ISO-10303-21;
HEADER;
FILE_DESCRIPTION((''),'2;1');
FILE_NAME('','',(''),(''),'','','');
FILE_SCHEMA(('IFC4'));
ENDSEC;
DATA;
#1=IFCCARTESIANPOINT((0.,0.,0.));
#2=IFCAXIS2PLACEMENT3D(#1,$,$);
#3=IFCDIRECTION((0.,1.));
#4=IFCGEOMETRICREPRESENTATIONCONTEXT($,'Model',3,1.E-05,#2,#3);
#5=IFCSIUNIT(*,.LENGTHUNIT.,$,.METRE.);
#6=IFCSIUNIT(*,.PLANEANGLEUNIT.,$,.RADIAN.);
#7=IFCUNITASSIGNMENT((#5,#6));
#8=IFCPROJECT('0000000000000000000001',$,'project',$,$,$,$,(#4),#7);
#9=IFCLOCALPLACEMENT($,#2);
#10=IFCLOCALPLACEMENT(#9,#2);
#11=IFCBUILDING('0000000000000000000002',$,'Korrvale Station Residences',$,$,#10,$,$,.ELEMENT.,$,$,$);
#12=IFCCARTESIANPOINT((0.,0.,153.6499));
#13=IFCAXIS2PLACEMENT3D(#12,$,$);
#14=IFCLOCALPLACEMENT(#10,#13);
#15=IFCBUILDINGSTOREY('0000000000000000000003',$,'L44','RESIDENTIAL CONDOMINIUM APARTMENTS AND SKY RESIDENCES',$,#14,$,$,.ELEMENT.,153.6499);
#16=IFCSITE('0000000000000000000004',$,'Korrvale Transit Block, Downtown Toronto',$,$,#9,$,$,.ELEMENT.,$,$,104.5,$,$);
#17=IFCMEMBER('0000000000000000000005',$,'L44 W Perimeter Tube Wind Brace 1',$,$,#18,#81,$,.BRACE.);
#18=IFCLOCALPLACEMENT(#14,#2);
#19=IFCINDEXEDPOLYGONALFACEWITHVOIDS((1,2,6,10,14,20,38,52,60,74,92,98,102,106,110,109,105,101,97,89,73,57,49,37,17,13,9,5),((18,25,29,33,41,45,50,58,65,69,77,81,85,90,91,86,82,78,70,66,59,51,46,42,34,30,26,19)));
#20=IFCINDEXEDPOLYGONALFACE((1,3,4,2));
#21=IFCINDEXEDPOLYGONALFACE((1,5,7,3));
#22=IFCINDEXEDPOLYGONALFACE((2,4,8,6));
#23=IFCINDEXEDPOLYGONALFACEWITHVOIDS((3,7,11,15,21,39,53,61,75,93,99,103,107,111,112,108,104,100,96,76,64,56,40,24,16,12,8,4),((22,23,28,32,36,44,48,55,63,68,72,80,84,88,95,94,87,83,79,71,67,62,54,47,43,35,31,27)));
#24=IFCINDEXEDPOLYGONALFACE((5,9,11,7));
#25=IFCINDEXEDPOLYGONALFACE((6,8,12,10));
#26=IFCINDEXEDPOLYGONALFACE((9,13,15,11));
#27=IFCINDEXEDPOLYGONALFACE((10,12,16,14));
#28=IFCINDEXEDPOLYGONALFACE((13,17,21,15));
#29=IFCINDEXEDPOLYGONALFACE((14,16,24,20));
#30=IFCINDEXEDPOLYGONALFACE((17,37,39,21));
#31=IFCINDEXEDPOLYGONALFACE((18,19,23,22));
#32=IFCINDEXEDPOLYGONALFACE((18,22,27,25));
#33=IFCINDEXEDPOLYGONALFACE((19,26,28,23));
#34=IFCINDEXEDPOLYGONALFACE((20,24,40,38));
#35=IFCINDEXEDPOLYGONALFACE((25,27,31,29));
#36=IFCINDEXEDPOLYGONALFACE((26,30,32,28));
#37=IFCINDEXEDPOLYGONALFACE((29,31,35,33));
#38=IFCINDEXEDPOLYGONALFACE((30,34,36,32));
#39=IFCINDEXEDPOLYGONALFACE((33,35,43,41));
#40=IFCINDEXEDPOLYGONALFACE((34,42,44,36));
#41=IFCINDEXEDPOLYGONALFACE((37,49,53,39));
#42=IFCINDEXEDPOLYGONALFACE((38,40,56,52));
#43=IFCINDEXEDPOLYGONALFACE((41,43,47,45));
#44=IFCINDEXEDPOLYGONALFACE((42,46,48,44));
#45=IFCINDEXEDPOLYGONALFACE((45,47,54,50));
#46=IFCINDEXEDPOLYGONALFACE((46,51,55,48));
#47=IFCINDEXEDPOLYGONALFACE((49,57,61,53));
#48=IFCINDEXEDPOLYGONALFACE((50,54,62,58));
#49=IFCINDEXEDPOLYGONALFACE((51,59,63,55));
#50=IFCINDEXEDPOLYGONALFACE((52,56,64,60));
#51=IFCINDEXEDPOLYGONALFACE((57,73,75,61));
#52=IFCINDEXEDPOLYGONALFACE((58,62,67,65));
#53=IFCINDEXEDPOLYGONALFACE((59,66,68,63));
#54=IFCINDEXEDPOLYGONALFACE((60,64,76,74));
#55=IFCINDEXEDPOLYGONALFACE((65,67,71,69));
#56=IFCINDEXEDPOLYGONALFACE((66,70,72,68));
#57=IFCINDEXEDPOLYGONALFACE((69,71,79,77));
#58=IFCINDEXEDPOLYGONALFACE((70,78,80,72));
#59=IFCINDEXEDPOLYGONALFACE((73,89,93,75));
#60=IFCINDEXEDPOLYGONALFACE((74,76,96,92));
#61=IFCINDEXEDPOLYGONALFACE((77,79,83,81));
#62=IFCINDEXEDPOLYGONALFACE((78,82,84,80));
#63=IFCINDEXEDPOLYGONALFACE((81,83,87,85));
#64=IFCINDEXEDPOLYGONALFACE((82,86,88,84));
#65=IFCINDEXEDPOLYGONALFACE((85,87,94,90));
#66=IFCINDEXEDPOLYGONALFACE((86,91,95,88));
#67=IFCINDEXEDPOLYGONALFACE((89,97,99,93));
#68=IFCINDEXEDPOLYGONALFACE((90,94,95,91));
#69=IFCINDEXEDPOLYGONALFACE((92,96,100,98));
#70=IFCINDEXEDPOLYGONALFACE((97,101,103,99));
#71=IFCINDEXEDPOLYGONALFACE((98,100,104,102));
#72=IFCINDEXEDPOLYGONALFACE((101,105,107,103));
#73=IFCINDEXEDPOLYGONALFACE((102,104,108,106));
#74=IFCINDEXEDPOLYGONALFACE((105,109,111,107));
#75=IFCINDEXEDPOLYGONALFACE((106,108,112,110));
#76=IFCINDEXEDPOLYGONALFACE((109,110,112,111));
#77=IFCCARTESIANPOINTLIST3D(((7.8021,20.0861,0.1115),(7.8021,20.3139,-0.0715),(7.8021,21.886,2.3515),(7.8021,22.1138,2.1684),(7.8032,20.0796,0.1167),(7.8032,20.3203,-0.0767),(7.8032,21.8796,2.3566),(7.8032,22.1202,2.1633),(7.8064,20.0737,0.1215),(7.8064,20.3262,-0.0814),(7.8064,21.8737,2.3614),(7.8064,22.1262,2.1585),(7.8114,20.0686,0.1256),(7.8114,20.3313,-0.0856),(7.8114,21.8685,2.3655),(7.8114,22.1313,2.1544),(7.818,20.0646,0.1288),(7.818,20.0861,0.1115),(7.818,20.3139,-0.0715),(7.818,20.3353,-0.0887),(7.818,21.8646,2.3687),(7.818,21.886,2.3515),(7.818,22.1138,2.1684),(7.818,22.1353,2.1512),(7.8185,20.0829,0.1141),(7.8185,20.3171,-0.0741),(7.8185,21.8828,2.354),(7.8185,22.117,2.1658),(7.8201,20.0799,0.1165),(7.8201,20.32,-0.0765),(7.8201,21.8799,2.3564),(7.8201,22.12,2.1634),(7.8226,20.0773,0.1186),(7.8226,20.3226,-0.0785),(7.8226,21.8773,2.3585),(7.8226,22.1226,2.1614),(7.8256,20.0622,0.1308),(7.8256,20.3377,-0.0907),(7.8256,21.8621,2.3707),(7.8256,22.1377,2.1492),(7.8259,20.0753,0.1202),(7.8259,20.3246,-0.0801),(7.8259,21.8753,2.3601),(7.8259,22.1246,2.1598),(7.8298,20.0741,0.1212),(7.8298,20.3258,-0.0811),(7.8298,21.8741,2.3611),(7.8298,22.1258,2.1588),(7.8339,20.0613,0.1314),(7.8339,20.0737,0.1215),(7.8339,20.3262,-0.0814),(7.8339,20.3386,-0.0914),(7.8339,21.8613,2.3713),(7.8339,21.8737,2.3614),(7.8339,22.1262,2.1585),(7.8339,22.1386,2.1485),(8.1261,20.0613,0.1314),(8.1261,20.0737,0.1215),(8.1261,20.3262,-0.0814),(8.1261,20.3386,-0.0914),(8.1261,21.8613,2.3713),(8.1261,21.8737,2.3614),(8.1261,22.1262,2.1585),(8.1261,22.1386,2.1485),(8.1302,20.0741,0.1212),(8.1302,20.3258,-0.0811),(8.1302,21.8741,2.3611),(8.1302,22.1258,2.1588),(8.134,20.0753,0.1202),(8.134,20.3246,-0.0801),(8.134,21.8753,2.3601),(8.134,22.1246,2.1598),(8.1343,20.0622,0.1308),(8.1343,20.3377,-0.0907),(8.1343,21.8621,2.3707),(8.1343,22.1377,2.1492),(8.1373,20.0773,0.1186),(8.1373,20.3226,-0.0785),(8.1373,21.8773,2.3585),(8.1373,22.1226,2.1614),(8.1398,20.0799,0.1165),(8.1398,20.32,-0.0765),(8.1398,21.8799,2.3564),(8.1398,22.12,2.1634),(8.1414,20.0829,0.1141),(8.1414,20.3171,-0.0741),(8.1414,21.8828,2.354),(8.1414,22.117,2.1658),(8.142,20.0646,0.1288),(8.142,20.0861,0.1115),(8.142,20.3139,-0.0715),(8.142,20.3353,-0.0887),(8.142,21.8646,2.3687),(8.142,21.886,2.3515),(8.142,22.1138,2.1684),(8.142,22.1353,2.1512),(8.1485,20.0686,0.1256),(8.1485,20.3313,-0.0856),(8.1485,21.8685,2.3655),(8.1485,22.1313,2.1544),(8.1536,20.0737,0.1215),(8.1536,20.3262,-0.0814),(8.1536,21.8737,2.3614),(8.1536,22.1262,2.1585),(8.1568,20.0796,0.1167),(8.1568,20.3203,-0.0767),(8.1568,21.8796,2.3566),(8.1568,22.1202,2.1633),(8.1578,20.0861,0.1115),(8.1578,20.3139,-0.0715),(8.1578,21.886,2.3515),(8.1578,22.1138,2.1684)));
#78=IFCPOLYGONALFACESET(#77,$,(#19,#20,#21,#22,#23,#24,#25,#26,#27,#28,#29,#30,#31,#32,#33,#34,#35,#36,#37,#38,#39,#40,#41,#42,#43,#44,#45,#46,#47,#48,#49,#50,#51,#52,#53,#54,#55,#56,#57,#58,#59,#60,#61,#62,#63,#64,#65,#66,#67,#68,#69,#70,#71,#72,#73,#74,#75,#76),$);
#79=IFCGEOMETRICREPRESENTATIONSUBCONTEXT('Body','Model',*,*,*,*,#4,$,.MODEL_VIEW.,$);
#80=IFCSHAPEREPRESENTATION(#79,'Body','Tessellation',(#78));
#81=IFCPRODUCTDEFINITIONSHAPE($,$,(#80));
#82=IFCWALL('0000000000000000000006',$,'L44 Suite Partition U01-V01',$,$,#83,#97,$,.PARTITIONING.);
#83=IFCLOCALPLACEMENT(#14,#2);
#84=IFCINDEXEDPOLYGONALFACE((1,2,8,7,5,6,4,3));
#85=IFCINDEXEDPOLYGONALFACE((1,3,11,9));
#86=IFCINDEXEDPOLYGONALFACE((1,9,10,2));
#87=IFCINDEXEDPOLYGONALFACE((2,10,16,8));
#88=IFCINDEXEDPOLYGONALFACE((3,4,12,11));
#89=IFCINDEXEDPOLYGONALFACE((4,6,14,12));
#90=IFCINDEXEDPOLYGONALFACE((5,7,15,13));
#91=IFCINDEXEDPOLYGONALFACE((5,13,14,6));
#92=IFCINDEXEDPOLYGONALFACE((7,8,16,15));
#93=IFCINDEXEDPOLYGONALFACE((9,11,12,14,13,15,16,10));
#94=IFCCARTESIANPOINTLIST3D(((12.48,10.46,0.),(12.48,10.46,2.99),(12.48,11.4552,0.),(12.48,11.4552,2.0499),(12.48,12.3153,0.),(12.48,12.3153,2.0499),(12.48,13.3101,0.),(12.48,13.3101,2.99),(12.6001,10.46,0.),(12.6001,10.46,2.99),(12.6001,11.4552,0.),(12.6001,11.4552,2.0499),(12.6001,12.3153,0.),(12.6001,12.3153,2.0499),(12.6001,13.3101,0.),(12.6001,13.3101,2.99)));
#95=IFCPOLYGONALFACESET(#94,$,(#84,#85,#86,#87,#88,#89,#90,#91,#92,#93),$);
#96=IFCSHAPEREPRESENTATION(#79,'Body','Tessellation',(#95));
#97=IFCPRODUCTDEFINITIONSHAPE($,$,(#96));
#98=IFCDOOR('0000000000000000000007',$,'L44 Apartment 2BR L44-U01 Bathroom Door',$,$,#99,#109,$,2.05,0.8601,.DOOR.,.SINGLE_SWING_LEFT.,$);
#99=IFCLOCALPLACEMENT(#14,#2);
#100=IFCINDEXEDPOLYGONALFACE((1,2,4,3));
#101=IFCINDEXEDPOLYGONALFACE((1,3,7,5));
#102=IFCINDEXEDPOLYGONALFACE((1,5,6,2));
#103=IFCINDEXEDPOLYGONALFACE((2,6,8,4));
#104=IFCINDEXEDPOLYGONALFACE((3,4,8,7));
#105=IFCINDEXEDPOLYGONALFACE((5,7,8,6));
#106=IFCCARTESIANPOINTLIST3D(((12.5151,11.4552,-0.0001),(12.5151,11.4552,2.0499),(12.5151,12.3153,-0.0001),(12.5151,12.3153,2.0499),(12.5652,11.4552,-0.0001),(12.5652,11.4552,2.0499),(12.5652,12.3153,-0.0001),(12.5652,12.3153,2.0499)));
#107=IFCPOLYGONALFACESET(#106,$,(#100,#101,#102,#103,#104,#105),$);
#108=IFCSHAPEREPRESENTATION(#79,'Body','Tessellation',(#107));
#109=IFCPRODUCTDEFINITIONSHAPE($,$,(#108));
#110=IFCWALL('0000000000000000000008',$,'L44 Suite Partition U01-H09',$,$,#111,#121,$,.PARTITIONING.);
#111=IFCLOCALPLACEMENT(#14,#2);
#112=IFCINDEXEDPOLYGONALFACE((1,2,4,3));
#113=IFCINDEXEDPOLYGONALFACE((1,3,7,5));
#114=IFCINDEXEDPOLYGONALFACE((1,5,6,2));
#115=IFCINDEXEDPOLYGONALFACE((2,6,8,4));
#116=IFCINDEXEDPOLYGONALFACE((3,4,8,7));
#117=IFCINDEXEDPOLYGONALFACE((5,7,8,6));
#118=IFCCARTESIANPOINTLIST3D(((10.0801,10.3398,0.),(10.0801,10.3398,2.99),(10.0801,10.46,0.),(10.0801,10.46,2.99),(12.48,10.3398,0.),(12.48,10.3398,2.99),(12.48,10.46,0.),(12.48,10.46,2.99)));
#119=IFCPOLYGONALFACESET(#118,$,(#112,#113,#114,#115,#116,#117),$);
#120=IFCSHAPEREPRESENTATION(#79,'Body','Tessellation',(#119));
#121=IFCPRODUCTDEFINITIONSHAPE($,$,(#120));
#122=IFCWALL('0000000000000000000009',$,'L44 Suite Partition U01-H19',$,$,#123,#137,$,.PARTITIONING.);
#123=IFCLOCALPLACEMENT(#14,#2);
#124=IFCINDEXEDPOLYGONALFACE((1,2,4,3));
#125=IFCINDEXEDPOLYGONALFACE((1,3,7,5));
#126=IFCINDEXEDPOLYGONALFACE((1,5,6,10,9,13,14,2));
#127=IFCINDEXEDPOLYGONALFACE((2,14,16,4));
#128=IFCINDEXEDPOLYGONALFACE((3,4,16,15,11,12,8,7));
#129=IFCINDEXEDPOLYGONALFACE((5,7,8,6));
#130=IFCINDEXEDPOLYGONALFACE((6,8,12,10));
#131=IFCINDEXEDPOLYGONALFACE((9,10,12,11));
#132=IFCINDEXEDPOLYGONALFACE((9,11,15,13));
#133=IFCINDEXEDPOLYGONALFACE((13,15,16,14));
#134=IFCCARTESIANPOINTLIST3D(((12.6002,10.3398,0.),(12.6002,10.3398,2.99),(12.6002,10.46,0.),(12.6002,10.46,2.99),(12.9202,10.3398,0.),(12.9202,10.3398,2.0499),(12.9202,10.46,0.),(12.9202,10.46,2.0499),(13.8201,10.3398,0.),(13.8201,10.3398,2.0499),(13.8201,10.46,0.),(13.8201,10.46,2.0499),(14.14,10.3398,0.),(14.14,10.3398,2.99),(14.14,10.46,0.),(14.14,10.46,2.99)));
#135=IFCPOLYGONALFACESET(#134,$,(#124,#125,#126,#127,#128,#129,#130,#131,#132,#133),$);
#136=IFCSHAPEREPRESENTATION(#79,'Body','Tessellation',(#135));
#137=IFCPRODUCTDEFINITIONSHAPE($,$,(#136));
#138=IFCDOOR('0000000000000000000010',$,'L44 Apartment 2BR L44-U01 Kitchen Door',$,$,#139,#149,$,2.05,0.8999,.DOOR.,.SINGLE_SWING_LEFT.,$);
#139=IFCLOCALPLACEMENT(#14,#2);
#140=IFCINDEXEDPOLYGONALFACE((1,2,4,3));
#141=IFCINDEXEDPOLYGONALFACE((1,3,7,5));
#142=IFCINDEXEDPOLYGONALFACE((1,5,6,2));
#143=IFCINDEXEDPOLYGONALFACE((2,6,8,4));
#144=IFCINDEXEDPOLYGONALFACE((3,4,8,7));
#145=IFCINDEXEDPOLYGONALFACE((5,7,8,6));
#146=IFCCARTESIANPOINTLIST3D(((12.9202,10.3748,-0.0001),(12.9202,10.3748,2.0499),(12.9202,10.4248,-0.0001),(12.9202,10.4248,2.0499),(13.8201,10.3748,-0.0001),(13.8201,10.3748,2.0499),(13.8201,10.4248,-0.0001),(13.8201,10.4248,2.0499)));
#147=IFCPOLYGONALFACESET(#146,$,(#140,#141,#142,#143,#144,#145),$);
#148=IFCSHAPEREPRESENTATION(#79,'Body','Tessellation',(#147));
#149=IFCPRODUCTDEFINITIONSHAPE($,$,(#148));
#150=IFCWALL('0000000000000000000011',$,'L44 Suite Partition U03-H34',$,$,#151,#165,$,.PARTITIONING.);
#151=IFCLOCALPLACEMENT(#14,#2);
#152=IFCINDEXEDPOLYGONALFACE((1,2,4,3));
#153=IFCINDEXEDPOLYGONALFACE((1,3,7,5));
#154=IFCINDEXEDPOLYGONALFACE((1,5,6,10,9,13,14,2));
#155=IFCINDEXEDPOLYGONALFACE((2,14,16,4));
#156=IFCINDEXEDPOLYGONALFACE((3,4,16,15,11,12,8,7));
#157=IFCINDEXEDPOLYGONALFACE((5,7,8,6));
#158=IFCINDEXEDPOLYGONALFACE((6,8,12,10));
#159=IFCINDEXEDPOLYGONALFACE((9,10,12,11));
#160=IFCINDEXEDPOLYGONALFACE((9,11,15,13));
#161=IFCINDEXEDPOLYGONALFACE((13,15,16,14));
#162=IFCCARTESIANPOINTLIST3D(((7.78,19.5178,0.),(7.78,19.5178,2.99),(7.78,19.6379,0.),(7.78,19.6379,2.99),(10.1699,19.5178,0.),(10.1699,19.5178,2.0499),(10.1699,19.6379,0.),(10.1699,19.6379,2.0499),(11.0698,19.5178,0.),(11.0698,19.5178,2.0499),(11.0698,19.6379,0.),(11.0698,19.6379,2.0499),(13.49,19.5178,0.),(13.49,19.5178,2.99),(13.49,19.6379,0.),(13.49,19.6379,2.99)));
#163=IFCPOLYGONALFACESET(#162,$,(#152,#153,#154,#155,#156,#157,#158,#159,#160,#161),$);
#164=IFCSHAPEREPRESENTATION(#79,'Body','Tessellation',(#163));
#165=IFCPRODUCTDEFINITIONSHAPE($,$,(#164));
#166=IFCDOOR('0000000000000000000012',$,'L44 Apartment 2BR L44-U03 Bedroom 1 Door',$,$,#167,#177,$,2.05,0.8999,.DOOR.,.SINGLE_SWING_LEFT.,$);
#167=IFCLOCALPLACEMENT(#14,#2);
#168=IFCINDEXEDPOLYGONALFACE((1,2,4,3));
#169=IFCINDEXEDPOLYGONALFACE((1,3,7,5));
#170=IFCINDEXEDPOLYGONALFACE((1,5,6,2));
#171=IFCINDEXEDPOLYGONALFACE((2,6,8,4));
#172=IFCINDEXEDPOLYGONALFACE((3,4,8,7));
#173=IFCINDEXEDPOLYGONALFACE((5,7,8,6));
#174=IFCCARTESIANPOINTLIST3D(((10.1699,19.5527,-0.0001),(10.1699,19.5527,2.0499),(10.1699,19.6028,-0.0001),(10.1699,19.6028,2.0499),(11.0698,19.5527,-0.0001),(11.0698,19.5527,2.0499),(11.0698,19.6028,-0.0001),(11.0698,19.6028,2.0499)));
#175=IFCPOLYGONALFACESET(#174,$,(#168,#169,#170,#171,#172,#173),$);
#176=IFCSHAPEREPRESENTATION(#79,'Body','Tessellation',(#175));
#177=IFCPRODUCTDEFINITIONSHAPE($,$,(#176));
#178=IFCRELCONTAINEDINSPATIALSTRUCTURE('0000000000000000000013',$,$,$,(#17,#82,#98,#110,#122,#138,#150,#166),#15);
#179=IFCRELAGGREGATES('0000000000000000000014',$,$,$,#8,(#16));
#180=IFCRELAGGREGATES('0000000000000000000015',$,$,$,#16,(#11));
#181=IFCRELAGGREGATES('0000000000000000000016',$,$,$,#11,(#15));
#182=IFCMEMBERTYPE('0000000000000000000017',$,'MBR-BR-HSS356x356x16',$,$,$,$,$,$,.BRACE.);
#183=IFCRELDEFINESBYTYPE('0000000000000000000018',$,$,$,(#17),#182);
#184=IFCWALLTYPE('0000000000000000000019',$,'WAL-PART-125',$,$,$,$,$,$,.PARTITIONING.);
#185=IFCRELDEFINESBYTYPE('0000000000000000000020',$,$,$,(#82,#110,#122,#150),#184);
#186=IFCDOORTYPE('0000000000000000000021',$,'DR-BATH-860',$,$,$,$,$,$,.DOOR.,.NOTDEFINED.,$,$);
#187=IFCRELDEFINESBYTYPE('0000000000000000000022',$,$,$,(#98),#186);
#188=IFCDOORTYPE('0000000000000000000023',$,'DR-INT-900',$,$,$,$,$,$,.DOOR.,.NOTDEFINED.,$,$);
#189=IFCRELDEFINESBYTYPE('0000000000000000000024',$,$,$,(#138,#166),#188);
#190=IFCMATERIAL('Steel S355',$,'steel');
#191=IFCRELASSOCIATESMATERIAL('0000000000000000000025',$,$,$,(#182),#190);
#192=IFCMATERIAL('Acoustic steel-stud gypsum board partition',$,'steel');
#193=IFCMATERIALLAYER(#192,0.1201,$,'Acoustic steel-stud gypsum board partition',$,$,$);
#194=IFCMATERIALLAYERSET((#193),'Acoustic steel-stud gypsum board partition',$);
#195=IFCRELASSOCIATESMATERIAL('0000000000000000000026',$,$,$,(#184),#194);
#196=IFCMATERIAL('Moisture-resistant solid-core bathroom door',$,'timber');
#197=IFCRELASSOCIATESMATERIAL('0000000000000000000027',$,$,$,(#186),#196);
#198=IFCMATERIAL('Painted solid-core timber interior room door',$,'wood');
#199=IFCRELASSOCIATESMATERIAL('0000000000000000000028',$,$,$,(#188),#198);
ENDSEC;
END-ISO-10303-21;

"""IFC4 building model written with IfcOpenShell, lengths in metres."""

from ifc_helpers import new_model, si_unit, direction, frame, frame_2d, origin, origin_2d, place, context, subcontext, project, spatial, rectangle, hollow_rectangle, extrude, material, layer, layer_set, material_profile, profile_set, type_object, element, fill, save


model = new_model("IFC4")

# Units and contexts
model_context = context("Model", 3, precision=1e-05, world=origin(), true_north=direction((0.0, 1.0)))
body_context = subcontext(model_context, "Body", "Model", "MODEL_VIEW")
ifc_project = project(units=[si_unit("LENGTHUNIT", "METRE"), si_unit("PLANEANGLEUNIT", "RADIAN")], contexts=[model_context])

# Site, building, storey
site_placement = place(None, origin())
site = spatial("IfcSite", under=ifc_project, at=site_placement, Name="Korrvale Transit Block, Downtown Toronto", CompositionType="ELEMENT", RefElevation=104.5)
building_placement = place(site_placement, origin())
building = spatial("IfcBuilding", under=site, at=building_placement, Name="Korrvale Station Residences", CompositionType="ELEMENT")
storey_placement = place(building_placement, frame((0.0, 0.0, 153.6499)))
storey = spatial("IfcBuildingStorey", under=building, at=storey_placement, Name="L44", Description="RESIDENTIAL CONDOMINIUM APARTMENTS AND SKY RESIDENCES", CompositionType="ELEMENT", Elevation=153.6499)

# Shared definitions
ifc_material_1 = material(Name="Steel S355", Category="steel")

# Member
ifc_material_profile_1 = material_profile(ifc_material_1, hollow_rectangle(XDim=0.3557, YDim=0.3557, WallThickness=0.0159, InnerFilletRadius=0.0159, OuterFilletRadius=0.0317, at=origin_2d()), Name="HSS356x356x16")
ifc_profile_set_1 = profile_set([ifc_material_profile_1], Name="Steel S355")
member_type = type_object("IfcMemberType", Name="MBR-BR-HSS356x356x16", PredefinedType="BRACE", material=ifc_profile_set_1)
member_placement = place(storey_placement, frame((7.98, 20.2, 0.02), z_axis=(0.0, 0.626403, 0.779499), x_axis=(-1.0, 0.0, 0.0)))
element("IfcMember", 1, at=member_placement, inside=storey, type_object=member_type, Name="L44 W Perimeter Tube Wind Brace 1", PredefinedType="BRACE", context=body_context, shape_type="SweptSolid", body=[
    extrude(hollow_rectangle(XDim=0.3557, YDim=0.3557, WallThickness=0.0159, InnerFilletRadius=0.0159, OuterFilletRadius=0.0317, at=origin_2d()), origin(), (0.0, 0.0, 1.0), 2.8735),
])

# Wall, opening, door
ifc_material_2 = material(Name="Acoustic steel-stud gypsum board partition", Category="steel")
ifc_layer_1 = layer(ifc_material_2, 0.1201, Name="Acoustic steel-stud gypsum board partition")
ifc_layer_set_1 = layer_set([ifc_layer_1], Name="Acoustic steel-stud gypsum board partition")
wall_type_1 = type_object("IfcWallType", Name="WAL-PART-125", PredefinedType="PARTITIONING", material=ifc_layer_set_1)
wall_1_placement = place(storey_placement, frame((12.54, 10.46, 0.0), z_axis=(0.0, 0.0, 1.0), x_axis=(0.0, 1.0, 0.0)))
wall_1 = element("IfcWall", 2, at=wall_1_placement, inside=storey, type_object=wall_type_1, Name="L44 Suite Partition U01-V01", PredefinedType="PARTITIONING", context=body_context, shape_type="SweptSolid", body=[
    extrude(rectangle(XDim=2.8501, YDim=0.1201, at=frame_2d((1.425, 0.0))), origin(), (0.0, 0.0, 1.0), 2.99),
])
opening_1_placement = place(wall_1_placement, frame((0.9951, 0.0, 0.0)))
opening_1 = element("IfcOpeningElement", 3, at=opening_1_placement, cuts=wall_1, PredefinedType="OPENING", context=body_context, shape_type="SweptSolid", body=[
    extrude(rectangle(XDim=0.8601, YDim=2.05, at=frame_2d((0.4302, 1.0249))), frame((0.0, 0.0701, 0.0), z_axis=(0.0, -1.0, 0.0), x_axis=(1.0, 0.0, 0.0)), (0.0, 0.0, 1.0), 0.1401),
])
ifc_material_3 = material(Name="Moisture-resistant solid-core bathroom door", Category="timber")
door_type_1 = type_object("IfcDoorType", Name="DR-BATH-860", OperationType="NOTDEFINED", PredefinedType="DOOR", material=ifc_material_3)
door_1_placement = place(opening_1_placement, origin())
door_1 = element("IfcDoor", 4, at=door_1_placement, inside=storey, type_object=door_type_1, Name="L44 Apartment 2BR L44-U01 Bathroom Door", OperationType="SINGLE_SWING_LEFT", OverallHeight=2.05, OverallWidth=0.8601, PredefinedType="DOOR", context=body_context, shape_type="SweptSolid", body=[
    extrude(rectangle(XDim=0.8601, YDim=2.05, at=frame_2d((0.4302, 1.0249))), frame((0.0, 0.0249, 0.0), z_axis=(0.0, -1.0, 0.0), x_axis=(1.0, 0.0, 0.0)), (0.0, 0.0, 1.0), 0.05),
])
fill(opening_1, door_1)

# Wall
wall_2_placement = place(storey_placement, frame((10.0801, 10.3999, 0.0), z_axis=(0.0, 0.0, 1.0), x_axis=(1.0, 0.0, 0.0)))
element("IfcWall", 5, at=wall_2_placement, inside=storey, type_object=wall_type_1, Name="L44 Suite Partition U01-H09", PredefinedType="PARTITIONING", context=body_context, shape_type="SweptSolid", body=[
    extrude(rectangle(XDim=2.3999, YDim=0.1201, at=frame_2d((1.2, 0.0))), origin(), (0.0, 0.0, 1.0), 2.99),
])

# Walls, openings, doors
wall_3_placement = place(storey_placement, frame((12.6001, 10.3999, 0.0), z_axis=(0.0, 0.0, 1.0), x_axis=(1.0, 0.0, 0.0)))
wall_3 = element("IfcWall", 6, at=wall_3_placement, inside=storey, type_object=wall_type_1, Name="L44 Suite Partition U01-H19", PredefinedType="PARTITIONING", context=body_context, shape_type="SweptSolid", body=[
    extrude(rectangle(XDim=1.5398, YDim=0.1201, at=frame_2d((0.77, 0.0))), origin(), (0.0, 0.0, 1.0), 2.99),
])
opening_2_placement = place(wall_3_placement, frame((0.3201, 0.0, 0.0)))
opening_2 = element("IfcOpeningElement", 7, at=opening_2_placement, cuts=wall_3, PredefinedType="OPENING", context=body_context, shape_type="SweptSolid", body=[
    extrude(rectangle(XDim=0.8999, YDim=2.05, at=frame_2d((0.45, 1.0249))), frame((0.0, 0.0701, 0.0), z_axis=(0.0, -1.0, 0.0), x_axis=(1.0, 0.0, 0.0)), (0.0, 0.0, 1.0), 0.1401),
])
ifc_material_4 = material(Name="Painted solid-core timber interior room door", Category="wood")
door_type_2 = type_object("IfcDoorType", Name="DR-INT-900", OperationType="NOTDEFINED", PredefinedType="DOOR", material=ifc_material_4)
door_2_placement = place(opening_2_placement, origin())
door_2 = element("IfcDoor", 8, at=door_2_placement, inside=storey, type_object=door_type_2, Name="L44 Apartment 2BR L44-U01 Kitchen Door", OperationType="SINGLE_SWING_LEFT", OverallHeight=2.05, OverallWidth=0.8999, PredefinedType="DOOR", context=body_context, shape_type="SweptSolid", body=[
    extrude(rectangle(XDim=0.8999, YDim=2.05, at=frame_2d((0.45, 1.0249))), frame((0.0, 0.0249, 0.0), z_axis=(0.0, -1.0, 0.0), x_axis=(1.0, 0.0, 0.0)), (0.0, 0.0, 1.0), 0.05),
])
fill(opening_2, door_2)
wall_4_placement = place(storey_placement, frame((7.78, 19.5779, 0.0), z_axis=(0.0, 0.0, 1.0), x_axis=(1.0, 0.0, 0.0)))
wall_4 = element("IfcWall", 9, at=wall_4_placement, inside=storey, type_object=wall_type_1, Name="L44 Suite Partition U03-H34", PredefinedType="PARTITIONING", context=body_context, shape_type="SweptSolid", body=[
    extrude(rectangle(XDim=5.71, YDim=0.1201, at=frame_2d((2.855, 0.0))), origin(), (0.0, 0.0, 1.0), 2.99),
])
opening_3_placement = place(wall_4_placement, frame((2.3899, 0.0, 0.0)))
opening_3 = element("IfcOpeningElement", 10, at=opening_3_placement, cuts=wall_4, PredefinedType="OPENING", context=body_context, shape_type="SweptSolid", body=[
    extrude(rectangle(XDim=0.8999, YDim=2.05, at=frame_2d((0.45, 1.0249))), frame((0.0, 0.0701, 0.0), z_axis=(0.0, -1.0, 0.0), x_axis=(1.0, 0.0, 0.0)), (0.0, 0.0, 1.0), 0.1401),
])
door_3_placement = place(opening_3_placement, origin())
door_3 = element("IfcDoor", 11, at=door_3_placement, inside=storey, type_object=door_type_2, Name="L44 Apartment 2BR L44-U03 Bedroom 1 Door", OperationType="SINGLE_SWING_LEFT", OverallHeight=2.05, OverallWidth=0.8999, PredefinedType="DOOR", context=body_context, shape_type="SweptSolid", body=[
    extrude(rectangle(XDim=0.8999, YDim=2.05, at=frame_2d((0.45, 1.0249))), frame((0.0, 0.0249, 0.0), z_axis=(0.0, -1.0, 0.0), x_axis=(1.0, 0.0, 0.0)), (0.0, 0.0, 1.0), 0.05),
])
fill(opening_3, door_3)

save(model, "model.ifc")
